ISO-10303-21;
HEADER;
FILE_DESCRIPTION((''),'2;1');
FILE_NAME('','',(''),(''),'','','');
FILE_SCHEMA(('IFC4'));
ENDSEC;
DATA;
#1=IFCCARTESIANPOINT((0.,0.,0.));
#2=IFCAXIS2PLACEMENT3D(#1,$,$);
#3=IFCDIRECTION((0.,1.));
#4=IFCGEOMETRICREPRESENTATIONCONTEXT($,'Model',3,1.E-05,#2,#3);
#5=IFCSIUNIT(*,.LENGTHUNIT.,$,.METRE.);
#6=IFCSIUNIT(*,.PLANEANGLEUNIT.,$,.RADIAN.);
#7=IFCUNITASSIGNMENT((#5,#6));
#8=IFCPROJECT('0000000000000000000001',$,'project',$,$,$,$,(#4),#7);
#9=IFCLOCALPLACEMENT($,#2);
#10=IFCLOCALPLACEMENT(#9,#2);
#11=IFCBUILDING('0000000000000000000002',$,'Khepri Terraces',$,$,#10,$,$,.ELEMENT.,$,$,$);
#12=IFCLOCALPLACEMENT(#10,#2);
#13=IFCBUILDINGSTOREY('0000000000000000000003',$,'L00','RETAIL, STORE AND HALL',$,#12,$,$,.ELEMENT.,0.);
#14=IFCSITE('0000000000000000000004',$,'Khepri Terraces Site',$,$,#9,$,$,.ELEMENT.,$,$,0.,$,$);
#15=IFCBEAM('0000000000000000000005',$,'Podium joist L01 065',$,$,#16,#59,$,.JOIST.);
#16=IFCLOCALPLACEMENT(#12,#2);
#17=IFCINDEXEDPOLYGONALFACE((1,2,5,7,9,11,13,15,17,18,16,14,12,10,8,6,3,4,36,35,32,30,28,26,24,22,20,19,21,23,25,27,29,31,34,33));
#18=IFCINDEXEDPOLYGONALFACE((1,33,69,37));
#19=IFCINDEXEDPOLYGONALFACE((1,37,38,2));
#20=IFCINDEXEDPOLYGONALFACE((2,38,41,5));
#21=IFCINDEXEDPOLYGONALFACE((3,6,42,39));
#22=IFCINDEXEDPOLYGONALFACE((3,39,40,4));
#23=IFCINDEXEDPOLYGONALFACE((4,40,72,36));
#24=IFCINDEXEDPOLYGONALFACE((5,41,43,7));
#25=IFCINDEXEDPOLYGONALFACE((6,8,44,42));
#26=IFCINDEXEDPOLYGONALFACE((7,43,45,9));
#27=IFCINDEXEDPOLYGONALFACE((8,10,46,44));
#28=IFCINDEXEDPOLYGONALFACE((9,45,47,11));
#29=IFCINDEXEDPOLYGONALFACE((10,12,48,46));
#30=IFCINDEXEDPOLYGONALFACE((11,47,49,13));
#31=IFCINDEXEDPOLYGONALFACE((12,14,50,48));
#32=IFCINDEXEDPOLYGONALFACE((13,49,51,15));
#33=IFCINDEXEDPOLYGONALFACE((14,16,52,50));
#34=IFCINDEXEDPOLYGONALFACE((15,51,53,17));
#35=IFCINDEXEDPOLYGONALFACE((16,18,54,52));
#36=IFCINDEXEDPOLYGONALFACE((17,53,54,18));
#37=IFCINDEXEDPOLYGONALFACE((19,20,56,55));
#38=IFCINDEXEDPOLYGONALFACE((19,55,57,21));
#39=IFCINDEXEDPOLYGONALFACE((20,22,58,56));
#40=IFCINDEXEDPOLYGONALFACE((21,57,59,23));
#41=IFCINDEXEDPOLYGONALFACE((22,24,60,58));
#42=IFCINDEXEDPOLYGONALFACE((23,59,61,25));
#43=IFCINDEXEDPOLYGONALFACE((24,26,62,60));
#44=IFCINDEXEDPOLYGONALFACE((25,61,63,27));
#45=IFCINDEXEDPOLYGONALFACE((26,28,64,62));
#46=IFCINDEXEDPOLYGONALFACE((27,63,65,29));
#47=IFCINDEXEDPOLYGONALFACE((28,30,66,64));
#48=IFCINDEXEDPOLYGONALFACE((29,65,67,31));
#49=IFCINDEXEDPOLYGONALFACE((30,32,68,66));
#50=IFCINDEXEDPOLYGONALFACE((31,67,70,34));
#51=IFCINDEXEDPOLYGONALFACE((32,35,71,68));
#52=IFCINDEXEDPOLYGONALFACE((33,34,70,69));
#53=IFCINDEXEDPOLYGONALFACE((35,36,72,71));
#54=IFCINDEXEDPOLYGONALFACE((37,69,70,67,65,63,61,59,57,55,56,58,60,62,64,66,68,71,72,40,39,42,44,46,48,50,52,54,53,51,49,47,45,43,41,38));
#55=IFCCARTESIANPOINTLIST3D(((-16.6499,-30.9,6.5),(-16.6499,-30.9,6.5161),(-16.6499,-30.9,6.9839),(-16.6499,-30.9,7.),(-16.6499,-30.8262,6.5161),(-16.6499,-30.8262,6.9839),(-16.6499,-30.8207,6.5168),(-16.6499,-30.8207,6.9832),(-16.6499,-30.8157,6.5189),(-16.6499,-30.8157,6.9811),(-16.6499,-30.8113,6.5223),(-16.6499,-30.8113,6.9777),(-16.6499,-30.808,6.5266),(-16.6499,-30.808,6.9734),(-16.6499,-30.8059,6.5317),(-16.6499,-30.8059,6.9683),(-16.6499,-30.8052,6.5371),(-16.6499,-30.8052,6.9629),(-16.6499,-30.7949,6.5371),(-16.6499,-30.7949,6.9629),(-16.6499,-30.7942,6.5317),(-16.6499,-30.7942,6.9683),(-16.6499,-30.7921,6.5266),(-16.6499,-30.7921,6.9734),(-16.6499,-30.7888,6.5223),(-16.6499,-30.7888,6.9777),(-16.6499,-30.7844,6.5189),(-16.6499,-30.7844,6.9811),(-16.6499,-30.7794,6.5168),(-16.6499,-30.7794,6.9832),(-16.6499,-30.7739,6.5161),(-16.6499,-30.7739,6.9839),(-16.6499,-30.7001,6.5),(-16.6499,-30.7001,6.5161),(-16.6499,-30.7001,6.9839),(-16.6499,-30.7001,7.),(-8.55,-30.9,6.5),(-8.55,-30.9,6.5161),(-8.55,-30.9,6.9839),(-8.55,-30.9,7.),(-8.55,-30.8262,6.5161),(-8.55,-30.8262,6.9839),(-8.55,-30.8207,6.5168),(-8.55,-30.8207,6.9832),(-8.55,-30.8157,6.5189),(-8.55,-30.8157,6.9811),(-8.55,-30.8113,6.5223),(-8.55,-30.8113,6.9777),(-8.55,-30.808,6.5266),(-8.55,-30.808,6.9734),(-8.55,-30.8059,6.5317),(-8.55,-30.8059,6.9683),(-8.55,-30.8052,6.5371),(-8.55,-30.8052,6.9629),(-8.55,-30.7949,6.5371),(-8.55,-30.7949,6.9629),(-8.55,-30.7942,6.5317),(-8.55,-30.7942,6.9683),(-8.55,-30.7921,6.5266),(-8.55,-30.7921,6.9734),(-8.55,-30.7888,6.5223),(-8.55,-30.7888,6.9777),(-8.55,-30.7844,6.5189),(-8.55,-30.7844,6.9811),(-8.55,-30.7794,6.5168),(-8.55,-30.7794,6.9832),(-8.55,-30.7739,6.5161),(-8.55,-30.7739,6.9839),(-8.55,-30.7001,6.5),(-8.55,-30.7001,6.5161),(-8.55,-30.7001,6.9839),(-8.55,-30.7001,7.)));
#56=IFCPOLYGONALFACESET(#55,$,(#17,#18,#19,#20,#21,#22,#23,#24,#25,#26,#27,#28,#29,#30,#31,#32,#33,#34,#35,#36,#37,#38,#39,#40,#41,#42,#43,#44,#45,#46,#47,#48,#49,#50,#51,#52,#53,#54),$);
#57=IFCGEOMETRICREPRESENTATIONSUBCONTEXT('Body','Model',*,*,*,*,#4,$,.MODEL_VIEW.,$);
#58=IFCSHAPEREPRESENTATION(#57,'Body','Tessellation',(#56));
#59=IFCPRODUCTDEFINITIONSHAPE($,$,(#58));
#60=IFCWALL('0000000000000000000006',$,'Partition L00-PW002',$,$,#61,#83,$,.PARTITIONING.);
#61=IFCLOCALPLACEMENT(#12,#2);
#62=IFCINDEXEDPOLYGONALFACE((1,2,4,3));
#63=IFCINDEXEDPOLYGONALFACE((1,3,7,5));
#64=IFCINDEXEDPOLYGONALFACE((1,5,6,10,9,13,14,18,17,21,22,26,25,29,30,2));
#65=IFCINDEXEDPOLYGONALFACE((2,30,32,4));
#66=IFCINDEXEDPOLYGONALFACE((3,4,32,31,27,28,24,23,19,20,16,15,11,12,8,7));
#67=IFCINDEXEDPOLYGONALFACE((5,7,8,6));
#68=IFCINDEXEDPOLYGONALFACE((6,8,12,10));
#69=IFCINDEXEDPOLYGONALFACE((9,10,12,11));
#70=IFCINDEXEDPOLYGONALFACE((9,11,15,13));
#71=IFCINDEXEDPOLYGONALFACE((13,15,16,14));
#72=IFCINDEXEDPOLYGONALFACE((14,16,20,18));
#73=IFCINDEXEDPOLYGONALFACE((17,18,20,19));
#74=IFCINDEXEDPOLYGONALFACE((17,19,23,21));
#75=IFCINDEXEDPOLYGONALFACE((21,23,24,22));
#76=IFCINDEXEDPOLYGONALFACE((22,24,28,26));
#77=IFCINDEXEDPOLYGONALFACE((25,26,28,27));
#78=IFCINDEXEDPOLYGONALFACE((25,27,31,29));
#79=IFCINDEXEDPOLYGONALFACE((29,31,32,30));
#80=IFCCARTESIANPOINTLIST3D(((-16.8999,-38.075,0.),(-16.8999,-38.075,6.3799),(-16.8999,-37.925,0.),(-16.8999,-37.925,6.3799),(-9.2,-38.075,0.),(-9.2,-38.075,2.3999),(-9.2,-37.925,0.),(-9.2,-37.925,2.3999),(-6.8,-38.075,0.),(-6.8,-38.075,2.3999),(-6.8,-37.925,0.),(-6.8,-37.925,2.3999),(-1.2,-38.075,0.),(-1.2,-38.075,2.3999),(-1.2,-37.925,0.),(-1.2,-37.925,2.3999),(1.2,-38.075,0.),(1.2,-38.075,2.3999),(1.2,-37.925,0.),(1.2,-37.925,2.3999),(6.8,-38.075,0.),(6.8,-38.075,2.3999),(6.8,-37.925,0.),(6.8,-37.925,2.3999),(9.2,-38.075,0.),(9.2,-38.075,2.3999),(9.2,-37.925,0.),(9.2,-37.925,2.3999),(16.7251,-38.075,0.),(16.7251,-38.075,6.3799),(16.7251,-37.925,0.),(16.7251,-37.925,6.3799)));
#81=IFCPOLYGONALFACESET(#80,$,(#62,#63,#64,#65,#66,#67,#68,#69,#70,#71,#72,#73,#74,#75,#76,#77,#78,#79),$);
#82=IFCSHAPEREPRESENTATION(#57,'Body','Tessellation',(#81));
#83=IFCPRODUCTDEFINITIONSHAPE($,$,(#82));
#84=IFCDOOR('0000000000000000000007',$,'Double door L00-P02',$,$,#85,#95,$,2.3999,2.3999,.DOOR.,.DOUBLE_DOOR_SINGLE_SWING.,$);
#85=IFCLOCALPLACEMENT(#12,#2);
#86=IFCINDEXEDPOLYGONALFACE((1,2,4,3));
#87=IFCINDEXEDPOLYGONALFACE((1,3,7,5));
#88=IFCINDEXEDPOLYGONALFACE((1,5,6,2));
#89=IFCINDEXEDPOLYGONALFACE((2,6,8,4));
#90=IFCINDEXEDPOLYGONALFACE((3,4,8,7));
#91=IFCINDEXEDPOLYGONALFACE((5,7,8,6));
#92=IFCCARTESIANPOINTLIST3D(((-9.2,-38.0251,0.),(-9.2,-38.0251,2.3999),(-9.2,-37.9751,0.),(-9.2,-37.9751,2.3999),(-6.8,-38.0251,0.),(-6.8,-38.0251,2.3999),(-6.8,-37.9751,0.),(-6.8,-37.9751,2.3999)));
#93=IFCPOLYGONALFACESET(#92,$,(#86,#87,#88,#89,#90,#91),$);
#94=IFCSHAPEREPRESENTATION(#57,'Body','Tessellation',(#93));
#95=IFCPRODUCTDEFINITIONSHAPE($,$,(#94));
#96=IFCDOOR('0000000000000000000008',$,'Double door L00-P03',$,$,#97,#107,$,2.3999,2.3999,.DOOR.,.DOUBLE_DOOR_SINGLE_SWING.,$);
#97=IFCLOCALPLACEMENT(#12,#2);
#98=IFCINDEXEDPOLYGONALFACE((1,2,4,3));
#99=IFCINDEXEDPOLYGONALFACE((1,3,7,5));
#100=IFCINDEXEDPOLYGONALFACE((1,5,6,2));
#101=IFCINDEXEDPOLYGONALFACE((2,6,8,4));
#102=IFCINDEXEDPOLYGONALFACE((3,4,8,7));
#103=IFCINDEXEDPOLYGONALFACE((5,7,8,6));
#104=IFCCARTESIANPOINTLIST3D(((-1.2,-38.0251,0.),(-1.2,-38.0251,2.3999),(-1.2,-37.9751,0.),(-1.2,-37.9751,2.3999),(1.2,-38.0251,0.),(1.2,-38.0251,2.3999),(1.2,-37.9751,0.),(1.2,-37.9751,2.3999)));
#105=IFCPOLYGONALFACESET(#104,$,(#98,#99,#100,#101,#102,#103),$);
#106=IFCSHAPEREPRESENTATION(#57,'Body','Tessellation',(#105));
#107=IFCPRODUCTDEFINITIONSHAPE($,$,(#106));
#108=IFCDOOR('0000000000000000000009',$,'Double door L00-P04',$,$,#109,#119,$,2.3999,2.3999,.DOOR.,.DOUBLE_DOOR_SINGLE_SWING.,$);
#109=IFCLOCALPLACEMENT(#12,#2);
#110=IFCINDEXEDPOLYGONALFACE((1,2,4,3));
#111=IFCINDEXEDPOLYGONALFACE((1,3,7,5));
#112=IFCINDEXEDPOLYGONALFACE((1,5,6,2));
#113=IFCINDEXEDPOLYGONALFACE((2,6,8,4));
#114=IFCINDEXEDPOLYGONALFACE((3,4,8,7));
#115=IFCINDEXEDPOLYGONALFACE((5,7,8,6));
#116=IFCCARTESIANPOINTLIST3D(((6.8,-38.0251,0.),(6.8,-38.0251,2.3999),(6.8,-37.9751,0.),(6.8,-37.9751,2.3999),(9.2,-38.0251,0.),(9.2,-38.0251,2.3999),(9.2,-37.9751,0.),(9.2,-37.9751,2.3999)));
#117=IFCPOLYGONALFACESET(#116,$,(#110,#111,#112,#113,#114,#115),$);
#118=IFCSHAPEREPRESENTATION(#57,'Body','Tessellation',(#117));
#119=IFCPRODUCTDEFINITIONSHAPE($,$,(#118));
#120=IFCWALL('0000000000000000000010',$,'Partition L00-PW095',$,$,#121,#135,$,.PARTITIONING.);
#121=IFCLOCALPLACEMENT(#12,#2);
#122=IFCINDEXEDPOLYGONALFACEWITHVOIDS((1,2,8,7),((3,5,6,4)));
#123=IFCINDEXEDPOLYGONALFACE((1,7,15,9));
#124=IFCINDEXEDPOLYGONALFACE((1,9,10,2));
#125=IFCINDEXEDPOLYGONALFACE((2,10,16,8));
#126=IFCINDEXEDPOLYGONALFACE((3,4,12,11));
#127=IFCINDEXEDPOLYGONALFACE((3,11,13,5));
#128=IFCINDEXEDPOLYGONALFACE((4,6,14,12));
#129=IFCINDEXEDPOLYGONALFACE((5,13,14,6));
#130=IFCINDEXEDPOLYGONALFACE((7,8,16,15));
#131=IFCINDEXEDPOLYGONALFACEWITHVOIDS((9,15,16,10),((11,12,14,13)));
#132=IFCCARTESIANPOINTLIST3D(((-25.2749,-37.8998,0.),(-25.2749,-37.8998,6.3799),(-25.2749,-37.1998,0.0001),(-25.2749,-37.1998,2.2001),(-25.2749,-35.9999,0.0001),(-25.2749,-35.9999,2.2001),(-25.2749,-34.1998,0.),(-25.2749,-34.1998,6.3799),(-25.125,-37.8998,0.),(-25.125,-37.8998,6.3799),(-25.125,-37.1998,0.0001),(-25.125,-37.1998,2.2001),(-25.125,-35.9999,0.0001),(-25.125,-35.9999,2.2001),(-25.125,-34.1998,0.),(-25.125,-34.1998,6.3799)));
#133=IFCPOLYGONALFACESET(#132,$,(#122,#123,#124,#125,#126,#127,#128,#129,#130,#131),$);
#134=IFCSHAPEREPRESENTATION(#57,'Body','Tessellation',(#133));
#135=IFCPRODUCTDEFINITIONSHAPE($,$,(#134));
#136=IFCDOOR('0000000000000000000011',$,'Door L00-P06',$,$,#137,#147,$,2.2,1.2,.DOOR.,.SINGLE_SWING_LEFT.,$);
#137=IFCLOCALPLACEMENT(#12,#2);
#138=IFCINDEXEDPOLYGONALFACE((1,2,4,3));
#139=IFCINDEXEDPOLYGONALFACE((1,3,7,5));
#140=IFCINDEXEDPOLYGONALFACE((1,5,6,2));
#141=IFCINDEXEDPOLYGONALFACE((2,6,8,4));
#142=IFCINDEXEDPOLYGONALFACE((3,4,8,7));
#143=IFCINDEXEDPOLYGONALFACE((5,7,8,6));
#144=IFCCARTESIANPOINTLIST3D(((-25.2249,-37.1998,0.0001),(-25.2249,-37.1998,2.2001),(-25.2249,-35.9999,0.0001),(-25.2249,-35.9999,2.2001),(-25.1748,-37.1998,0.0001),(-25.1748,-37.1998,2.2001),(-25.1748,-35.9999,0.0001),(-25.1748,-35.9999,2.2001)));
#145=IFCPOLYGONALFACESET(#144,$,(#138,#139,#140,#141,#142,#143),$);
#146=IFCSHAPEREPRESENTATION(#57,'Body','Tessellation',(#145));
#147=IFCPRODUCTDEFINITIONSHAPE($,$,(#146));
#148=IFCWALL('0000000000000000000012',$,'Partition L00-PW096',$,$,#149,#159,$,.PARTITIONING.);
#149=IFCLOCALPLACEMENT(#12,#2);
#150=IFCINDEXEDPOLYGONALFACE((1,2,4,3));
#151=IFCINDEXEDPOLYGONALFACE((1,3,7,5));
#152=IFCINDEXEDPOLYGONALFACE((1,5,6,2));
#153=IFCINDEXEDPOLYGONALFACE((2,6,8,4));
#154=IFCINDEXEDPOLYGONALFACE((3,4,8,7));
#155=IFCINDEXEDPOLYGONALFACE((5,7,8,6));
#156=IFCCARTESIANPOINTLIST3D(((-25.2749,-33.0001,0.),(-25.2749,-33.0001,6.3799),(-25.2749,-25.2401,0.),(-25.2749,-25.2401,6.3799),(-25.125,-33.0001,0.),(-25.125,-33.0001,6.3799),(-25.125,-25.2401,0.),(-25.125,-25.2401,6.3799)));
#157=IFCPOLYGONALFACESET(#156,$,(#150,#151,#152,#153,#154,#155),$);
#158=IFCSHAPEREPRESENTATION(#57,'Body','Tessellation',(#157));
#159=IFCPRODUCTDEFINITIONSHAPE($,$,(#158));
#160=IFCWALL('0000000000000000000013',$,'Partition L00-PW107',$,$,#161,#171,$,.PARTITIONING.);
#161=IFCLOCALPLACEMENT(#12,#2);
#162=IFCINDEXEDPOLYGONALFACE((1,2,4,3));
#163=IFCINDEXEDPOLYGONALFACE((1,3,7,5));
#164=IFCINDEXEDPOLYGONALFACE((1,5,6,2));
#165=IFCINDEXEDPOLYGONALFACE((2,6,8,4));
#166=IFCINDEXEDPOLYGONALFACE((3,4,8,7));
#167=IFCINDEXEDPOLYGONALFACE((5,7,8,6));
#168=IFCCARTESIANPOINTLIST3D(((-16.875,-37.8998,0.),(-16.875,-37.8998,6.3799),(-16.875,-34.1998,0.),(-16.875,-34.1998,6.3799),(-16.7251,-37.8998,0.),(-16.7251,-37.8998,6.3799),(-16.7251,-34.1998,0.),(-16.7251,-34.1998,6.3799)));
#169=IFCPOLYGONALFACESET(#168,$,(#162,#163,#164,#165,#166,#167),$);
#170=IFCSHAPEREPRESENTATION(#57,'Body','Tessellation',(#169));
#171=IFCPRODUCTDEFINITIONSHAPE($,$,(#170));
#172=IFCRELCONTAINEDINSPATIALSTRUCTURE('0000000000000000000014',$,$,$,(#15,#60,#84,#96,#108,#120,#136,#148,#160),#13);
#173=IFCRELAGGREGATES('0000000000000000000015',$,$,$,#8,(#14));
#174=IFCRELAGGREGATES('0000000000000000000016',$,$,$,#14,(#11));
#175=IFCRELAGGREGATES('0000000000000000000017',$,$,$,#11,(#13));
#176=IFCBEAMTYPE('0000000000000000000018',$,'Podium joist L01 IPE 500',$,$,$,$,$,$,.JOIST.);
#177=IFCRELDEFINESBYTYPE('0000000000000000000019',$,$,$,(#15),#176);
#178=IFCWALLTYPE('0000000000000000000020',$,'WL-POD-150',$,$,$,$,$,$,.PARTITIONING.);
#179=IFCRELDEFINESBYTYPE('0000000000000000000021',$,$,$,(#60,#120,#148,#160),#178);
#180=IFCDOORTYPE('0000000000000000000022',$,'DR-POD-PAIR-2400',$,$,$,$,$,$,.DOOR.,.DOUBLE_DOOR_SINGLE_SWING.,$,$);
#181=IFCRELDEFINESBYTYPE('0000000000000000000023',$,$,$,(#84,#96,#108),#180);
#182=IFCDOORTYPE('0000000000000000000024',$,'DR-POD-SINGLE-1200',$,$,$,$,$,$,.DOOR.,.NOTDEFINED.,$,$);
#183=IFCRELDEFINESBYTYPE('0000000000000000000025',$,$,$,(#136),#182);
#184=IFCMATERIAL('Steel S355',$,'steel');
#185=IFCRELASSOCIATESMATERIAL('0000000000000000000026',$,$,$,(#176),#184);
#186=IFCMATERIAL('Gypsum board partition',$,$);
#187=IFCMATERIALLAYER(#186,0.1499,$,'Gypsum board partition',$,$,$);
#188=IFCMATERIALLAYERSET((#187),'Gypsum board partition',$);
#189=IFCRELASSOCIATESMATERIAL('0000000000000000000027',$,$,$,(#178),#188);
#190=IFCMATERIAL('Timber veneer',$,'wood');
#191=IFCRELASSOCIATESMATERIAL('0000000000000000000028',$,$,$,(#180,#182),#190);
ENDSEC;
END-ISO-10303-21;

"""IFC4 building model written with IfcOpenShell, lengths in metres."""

from ifc_helpers import new_model, si_unit, direction, frame, frame_2d, origin, origin_2d, place, context, subcontext, project, spatial, rectangle, i_section, extrude, material, layer, layer_set, material_profile, profile_set, type_object, element, fill, save


model = new_model("IFC4")

# Units and contexts
model_context = context("Model", 3, precision=1e-05, world=origin(), true_north=direction((0.0, 1.0)))
body_context = subcontext(model_context, "Body", "Model", "MODEL_VIEW")
ifc_project = project(units=[si_unit("LENGTHUNIT", "METRE"), si_unit("PLANEANGLEUNIT", "RADIAN")], contexts=[model_context])

# Site, building, storey
site_placement = place(None, origin())
site = spatial("IfcSite", under=ifc_project, at=site_placement, Name="Khepri Terraces Site", CompositionType="ELEMENT", RefElevation=0.0)
building_placement = place(site_placement, origin())
building = spatial("IfcBuilding", under=site, at=building_placement, Name="Khepri Terraces", CompositionType="ELEMENT")
storey_placement = place(building_placement, origin())
storey = spatial("IfcBuildingStorey", under=building, at=storey_placement, Name="L00", Description="RETAIL, STORE AND HALL", CompositionType="ELEMENT", Elevation=0.0)

# Beam
ifc_material_1 = material(Name="Steel S355", Category="steel")
ifc_material_profile_1 = material_profile(ifc_material_1, i_section(OverallWidth=0.2, OverallDepth=0.5, WebThickness=0.0103, FlangeThickness=0.0161, FilletRadius=0.021, at=origin_2d()), Name="Steel S355", Category="steel")
ifc_profile_set_1 = profile_set([ifc_material_profile_1], Name="Steel S355")
beam_type_1 = type_object("IfcBeamType", Name="Podium joist L01 IPE 500", PredefinedType="JOIST", material=ifc_profile_set_1)
beam_1_placement = place(storey_placement, frame((-16.6499, -30.8, 6.75), z_axis=(1.0, 0.0, 0.0), x_axis=(0.0, 1.0, 0.0)))
element("IfcBeam", 1, at=beam_1_placement, inside=storey, type_object=beam_type_1, Name="Podium joist L01 065", PredefinedType="JOIST", context=body_context, shape_type="SweptSolid", body=[
    extrude(i_section(OverallWidth=0.2, OverallDepth=0.5, WebThickness=0.0103, FlangeThickness=0.0161, FilletRadius=0.021, at=origin_2d()), origin(), (0.0, 0.0, 1.0), 8.0999),
])

# Wall, openings, doors
ifc_material_2 = material(Name="Gypsum board partition")
ifc_layer_1 = layer(ifc_material_2, 0.1499, Name="Gypsum board partition")
ifc_layer_set_1 = layer_set([ifc_layer_1], Name="Gypsum board partition")
wall_type_1 = type_object("IfcWallType", Name="WL-POD-150", PredefinedType="PARTITIONING", material=ifc_layer_set_1)
wall_1_placement = place(storey_placement, frame((-16.8999, -38.0, 0.0), z_axis=(0.0, 0.0, 1.0), x_axis=(1.0, 0.0, 0.0)))
wall_1 = element("IfcWall", 2, at=wall_1_placement, inside=storey, type_object=wall_type_1, Name="Partition L00-PW002", PredefinedType="PARTITIONING", context=body_context, shape_type="SweptSolid", body=[
    extrude(rectangle(XDim=33.625, YDim=0.1499, at=frame_2d((16.8125, 0.0))), origin(), (0.0, 0.0, 1.0), 6.3799),
])
opening_1_placement = place(wall_1_placement, frame((7.7, 0.0, 0.0)))
opening_1 = element("IfcOpeningElement", 3, at=opening_1_placement, cuts=wall_1, PredefinedType="OPENING", context=body_context, shape_type="SweptSolid", body=[
    extrude(rectangle(XDim=2.3999, YDim=2.3999, at=frame_2d((1.2, 1.2))), frame((0.0, 0.085, 0.0), z_axis=(0.0, -1.0, 0.0), x_axis=(1.0, 0.0, 0.0)), (0.0, 0.0, 1.0), 0.1699),
])
opening_2_placement = place(wall_1_placement, frame((15.7, 0.0, 0.0)))
opening_2 = element("IfcOpeningElement", 4, at=opening_2_placement, cuts=wall_1, PredefinedType="OPENING", context=body_context, shape_type="SweptSolid", body=[
    extrude(rectangle(XDim=2.3999, YDim=2.3999, at=frame_2d((1.2, 1.2))), frame((0.0, 0.085, 0.0), z_axis=(0.0, -1.0, 0.0), x_axis=(1.0, 0.0, 0.0)), (0.0, 0.0, 1.0), 0.1699),
])
opening_3_placement = place(wall_1_placement, frame((23.7, 0.0, 0.0)))
opening_3 = element("IfcOpeningElement", 5, at=opening_3_placement, cuts=wall_1, PredefinedType="OPENING", context=body_context, shape_type="SweptSolid", body=[
    extrude(rectangle(XDim=2.3999, YDim=2.3999, at=frame_2d((1.2, 1.2))), frame((0.0, 0.085, 0.0), z_axis=(0.0, -1.0, 0.0), x_axis=(1.0, 0.0, 0.0)), (0.0, 0.0, 1.0), 0.1699),
])
ifc_material_3 = material(Name="Timber veneer", Category="wood")
door_type_1 = type_object("IfcDoorType", Name="DR-POD-PAIR-2400", OperationType="DOUBLE_DOOR_SINGLE_SWING", PredefinedType="DOOR", material=ifc_material_3)
door_1_placement = place(opening_1_placement, origin())
door_1 = element("IfcDoor", 6, at=door_1_placement, inside=storey, type_object=door_type_1, Name="Double door L00-P02", OperationType="DOUBLE_DOOR_SINGLE_SWING", OverallHeight=2.3999, OverallWidth=2.3999, PredefinedType="DOOR", context=body_context, shape_type="SweptSolid", body=[
    extrude(rectangle(XDim=2.3999, YDim=2.3999, at=frame_2d((1.2, 1.2))), frame((0.0, 0.0249, 0.0), z_axis=(0.0, -1.0, 0.0), x_axis=(1.0, 0.0, 0.0)), (0.0, 0.0, 1.0), 0.05),
])
fill(opening_1, door_1)
door_2_placement = place(opening_2_placement, origin())
door_2 = element("IfcDoor", 7, at=door_2_placement, inside=storey, type_object=door_type_1, Name="Double door L00-P03", OperationType="DOUBLE_DOOR_SINGLE_SWING", OverallHeight=2.3999, OverallWidth=2.3999, PredefinedType="DOOR", context=body_context, shape_type="SweptSolid", body=[
    extrude(rectangle(XDim=2.3999, YDim=2.3999, at=frame_2d((1.2, 1.2))), frame((0.0, 0.0249, 0.0), z_axis=(0.0, -1.0, 0.0), x_axis=(1.0, 0.0, 0.0)), (0.0, 0.0, 1.0), 0.05),
])
fill(opening_2, door_2)
door_3_placement = place(opening_3_placement, origin())
door_3 = element("IfcDoor", 8, at=door_3_placement, inside=storey, type_object=door_type_1, Name="Double door L00-P04", OperationType="DOUBLE_DOOR_SINGLE_SWING", OverallHeight=2.3999, OverallWidth=2.3999, PredefinedType="DOOR", context=body_context, shape_type="SweptSolid", body=[
    extrude(rectangle(XDim=2.3999, YDim=2.3999, at=frame_2d((1.2, 1.2))), frame((0.0, 0.0249, 0.0), z_axis=(0.0, -1.0, 0.0), x_axis=(1.0, 0.0, 0.0)), (0.0, 0.0, 1.0), 0.05),
])
fill(opening_3, door_3)

# Wall, opening, door
wall_2_placement = place(storey_placement, frame((-25.2, -37.8999, 0.0), z_axis=(0.0, 0.0, 1.0), x_axis=(0.0, 1.0, 0.0)))
wall_2 = element("IfcWall", 9, at=wall_2_placement, inside=storey, type_object=wall_type_1, Name="Partition L00-PW095", PredefinedType="PARTITIONING", context=body_context, shape_type="SweptSolid", body=[
    extrude(rectangle(XDim=3.7, YDim=0.1499, at=frame_2d((1.8501, 0.0))), origin(), (0.0, 0.0, 1.0), 6.3799),
])
opening_4_placement = place(wall_2_placement, frame((0.7, 0.0, 0.0)))
opening_4 = element("IfcOpeningElement", 10, at=opening_4_placement, cuts=wall_2, PredefinedType="OPENING", context=body_context, shape_type="SweptSolid", body=[
    extrude(rectangle(XDim=1.2, YDim=2.2, at=frame_2d((0.6001, 1.1001))), frame((0.0, 0.085, 0.0), z_axis=(0.0, -1.0, 0.0), x_axis=(1.0, 0.0, 0.0)), (0.0, 0.0, 1.0), 0.1699),
])
door_type_2 = type_object("IfcDoorType", Name="DR-POD-SINGLE-1200", OperationType="NOTDEFINED", PredefinedType="DOOR", material=ifc_material_3)
door_4_placement = place(opening_4_placement, origin())
door_4 = element("IfcDoor", 11, at=door_4_placement, inside=storey, type_object=door_type_2, Name="Door L00-P06", OperationType="SINGLE_SWING_LEFT", OverallHeight=2.2, OverallWidth=1.2, PredefinedType="DOOR", context=body_context, shape_type="SweptSolid", body=[
    extrude(rectangle(XDim=1.2, YDim=2.2, at=frame_2d((0.6001, 1.1001))), frame((0.0, 0.0249, 0.0), z_axis=(0.0, -1.0, 0.0), x_axis=(1.0, 0.0, 0.0)), (0.0, 0.0, 1.0), 0.05),
])
fill(opening_4, door_4)

# Walls
wall_3_placement = place(storey_placement, frame((-25.2, -33.0, 0.0), z_axis=(0.0, 0.0, 1.0), x_axis=(0.0, 1.0, 0.0)))
element("IfcWall", 12, at=wall_3_placement, inside=storey, type_object=wall_type_1, Name="Partition L00-PW096", PredefinedType="PARTITIONING", context=body_context, shape_type="SweptSolid", body=[
    extrude(rectangle(XDim=7.76, YDim=0.1499, at=frame_2d((3.8799, 0.0))), origin(), (0.0, 0.0, 1.0), 6.3799),
])
wall_4_placement = place(storey_placement, frame((-16.8, -37.8999, 0.0), z_axis=(0.0, 0.0, 1.0), x_axis=(0.0, 1.0, 0.0)))
element("IfcWall", 13, at=wall_4_placement, inside=storey, type_object=wall_type_1, Name="Partition L00-PW107", PredefinedType="PARTITIONING", context=body_context, shape_type="SweptSolid", body=[
    extrude(rectangle(XDim=3.7, YDim=0.1499, at=frame_2d((1.8501, 0.0))), origin(), (0.0, 0.0, 1.0), 6.3799),
])

save(model, "model.ifc")
